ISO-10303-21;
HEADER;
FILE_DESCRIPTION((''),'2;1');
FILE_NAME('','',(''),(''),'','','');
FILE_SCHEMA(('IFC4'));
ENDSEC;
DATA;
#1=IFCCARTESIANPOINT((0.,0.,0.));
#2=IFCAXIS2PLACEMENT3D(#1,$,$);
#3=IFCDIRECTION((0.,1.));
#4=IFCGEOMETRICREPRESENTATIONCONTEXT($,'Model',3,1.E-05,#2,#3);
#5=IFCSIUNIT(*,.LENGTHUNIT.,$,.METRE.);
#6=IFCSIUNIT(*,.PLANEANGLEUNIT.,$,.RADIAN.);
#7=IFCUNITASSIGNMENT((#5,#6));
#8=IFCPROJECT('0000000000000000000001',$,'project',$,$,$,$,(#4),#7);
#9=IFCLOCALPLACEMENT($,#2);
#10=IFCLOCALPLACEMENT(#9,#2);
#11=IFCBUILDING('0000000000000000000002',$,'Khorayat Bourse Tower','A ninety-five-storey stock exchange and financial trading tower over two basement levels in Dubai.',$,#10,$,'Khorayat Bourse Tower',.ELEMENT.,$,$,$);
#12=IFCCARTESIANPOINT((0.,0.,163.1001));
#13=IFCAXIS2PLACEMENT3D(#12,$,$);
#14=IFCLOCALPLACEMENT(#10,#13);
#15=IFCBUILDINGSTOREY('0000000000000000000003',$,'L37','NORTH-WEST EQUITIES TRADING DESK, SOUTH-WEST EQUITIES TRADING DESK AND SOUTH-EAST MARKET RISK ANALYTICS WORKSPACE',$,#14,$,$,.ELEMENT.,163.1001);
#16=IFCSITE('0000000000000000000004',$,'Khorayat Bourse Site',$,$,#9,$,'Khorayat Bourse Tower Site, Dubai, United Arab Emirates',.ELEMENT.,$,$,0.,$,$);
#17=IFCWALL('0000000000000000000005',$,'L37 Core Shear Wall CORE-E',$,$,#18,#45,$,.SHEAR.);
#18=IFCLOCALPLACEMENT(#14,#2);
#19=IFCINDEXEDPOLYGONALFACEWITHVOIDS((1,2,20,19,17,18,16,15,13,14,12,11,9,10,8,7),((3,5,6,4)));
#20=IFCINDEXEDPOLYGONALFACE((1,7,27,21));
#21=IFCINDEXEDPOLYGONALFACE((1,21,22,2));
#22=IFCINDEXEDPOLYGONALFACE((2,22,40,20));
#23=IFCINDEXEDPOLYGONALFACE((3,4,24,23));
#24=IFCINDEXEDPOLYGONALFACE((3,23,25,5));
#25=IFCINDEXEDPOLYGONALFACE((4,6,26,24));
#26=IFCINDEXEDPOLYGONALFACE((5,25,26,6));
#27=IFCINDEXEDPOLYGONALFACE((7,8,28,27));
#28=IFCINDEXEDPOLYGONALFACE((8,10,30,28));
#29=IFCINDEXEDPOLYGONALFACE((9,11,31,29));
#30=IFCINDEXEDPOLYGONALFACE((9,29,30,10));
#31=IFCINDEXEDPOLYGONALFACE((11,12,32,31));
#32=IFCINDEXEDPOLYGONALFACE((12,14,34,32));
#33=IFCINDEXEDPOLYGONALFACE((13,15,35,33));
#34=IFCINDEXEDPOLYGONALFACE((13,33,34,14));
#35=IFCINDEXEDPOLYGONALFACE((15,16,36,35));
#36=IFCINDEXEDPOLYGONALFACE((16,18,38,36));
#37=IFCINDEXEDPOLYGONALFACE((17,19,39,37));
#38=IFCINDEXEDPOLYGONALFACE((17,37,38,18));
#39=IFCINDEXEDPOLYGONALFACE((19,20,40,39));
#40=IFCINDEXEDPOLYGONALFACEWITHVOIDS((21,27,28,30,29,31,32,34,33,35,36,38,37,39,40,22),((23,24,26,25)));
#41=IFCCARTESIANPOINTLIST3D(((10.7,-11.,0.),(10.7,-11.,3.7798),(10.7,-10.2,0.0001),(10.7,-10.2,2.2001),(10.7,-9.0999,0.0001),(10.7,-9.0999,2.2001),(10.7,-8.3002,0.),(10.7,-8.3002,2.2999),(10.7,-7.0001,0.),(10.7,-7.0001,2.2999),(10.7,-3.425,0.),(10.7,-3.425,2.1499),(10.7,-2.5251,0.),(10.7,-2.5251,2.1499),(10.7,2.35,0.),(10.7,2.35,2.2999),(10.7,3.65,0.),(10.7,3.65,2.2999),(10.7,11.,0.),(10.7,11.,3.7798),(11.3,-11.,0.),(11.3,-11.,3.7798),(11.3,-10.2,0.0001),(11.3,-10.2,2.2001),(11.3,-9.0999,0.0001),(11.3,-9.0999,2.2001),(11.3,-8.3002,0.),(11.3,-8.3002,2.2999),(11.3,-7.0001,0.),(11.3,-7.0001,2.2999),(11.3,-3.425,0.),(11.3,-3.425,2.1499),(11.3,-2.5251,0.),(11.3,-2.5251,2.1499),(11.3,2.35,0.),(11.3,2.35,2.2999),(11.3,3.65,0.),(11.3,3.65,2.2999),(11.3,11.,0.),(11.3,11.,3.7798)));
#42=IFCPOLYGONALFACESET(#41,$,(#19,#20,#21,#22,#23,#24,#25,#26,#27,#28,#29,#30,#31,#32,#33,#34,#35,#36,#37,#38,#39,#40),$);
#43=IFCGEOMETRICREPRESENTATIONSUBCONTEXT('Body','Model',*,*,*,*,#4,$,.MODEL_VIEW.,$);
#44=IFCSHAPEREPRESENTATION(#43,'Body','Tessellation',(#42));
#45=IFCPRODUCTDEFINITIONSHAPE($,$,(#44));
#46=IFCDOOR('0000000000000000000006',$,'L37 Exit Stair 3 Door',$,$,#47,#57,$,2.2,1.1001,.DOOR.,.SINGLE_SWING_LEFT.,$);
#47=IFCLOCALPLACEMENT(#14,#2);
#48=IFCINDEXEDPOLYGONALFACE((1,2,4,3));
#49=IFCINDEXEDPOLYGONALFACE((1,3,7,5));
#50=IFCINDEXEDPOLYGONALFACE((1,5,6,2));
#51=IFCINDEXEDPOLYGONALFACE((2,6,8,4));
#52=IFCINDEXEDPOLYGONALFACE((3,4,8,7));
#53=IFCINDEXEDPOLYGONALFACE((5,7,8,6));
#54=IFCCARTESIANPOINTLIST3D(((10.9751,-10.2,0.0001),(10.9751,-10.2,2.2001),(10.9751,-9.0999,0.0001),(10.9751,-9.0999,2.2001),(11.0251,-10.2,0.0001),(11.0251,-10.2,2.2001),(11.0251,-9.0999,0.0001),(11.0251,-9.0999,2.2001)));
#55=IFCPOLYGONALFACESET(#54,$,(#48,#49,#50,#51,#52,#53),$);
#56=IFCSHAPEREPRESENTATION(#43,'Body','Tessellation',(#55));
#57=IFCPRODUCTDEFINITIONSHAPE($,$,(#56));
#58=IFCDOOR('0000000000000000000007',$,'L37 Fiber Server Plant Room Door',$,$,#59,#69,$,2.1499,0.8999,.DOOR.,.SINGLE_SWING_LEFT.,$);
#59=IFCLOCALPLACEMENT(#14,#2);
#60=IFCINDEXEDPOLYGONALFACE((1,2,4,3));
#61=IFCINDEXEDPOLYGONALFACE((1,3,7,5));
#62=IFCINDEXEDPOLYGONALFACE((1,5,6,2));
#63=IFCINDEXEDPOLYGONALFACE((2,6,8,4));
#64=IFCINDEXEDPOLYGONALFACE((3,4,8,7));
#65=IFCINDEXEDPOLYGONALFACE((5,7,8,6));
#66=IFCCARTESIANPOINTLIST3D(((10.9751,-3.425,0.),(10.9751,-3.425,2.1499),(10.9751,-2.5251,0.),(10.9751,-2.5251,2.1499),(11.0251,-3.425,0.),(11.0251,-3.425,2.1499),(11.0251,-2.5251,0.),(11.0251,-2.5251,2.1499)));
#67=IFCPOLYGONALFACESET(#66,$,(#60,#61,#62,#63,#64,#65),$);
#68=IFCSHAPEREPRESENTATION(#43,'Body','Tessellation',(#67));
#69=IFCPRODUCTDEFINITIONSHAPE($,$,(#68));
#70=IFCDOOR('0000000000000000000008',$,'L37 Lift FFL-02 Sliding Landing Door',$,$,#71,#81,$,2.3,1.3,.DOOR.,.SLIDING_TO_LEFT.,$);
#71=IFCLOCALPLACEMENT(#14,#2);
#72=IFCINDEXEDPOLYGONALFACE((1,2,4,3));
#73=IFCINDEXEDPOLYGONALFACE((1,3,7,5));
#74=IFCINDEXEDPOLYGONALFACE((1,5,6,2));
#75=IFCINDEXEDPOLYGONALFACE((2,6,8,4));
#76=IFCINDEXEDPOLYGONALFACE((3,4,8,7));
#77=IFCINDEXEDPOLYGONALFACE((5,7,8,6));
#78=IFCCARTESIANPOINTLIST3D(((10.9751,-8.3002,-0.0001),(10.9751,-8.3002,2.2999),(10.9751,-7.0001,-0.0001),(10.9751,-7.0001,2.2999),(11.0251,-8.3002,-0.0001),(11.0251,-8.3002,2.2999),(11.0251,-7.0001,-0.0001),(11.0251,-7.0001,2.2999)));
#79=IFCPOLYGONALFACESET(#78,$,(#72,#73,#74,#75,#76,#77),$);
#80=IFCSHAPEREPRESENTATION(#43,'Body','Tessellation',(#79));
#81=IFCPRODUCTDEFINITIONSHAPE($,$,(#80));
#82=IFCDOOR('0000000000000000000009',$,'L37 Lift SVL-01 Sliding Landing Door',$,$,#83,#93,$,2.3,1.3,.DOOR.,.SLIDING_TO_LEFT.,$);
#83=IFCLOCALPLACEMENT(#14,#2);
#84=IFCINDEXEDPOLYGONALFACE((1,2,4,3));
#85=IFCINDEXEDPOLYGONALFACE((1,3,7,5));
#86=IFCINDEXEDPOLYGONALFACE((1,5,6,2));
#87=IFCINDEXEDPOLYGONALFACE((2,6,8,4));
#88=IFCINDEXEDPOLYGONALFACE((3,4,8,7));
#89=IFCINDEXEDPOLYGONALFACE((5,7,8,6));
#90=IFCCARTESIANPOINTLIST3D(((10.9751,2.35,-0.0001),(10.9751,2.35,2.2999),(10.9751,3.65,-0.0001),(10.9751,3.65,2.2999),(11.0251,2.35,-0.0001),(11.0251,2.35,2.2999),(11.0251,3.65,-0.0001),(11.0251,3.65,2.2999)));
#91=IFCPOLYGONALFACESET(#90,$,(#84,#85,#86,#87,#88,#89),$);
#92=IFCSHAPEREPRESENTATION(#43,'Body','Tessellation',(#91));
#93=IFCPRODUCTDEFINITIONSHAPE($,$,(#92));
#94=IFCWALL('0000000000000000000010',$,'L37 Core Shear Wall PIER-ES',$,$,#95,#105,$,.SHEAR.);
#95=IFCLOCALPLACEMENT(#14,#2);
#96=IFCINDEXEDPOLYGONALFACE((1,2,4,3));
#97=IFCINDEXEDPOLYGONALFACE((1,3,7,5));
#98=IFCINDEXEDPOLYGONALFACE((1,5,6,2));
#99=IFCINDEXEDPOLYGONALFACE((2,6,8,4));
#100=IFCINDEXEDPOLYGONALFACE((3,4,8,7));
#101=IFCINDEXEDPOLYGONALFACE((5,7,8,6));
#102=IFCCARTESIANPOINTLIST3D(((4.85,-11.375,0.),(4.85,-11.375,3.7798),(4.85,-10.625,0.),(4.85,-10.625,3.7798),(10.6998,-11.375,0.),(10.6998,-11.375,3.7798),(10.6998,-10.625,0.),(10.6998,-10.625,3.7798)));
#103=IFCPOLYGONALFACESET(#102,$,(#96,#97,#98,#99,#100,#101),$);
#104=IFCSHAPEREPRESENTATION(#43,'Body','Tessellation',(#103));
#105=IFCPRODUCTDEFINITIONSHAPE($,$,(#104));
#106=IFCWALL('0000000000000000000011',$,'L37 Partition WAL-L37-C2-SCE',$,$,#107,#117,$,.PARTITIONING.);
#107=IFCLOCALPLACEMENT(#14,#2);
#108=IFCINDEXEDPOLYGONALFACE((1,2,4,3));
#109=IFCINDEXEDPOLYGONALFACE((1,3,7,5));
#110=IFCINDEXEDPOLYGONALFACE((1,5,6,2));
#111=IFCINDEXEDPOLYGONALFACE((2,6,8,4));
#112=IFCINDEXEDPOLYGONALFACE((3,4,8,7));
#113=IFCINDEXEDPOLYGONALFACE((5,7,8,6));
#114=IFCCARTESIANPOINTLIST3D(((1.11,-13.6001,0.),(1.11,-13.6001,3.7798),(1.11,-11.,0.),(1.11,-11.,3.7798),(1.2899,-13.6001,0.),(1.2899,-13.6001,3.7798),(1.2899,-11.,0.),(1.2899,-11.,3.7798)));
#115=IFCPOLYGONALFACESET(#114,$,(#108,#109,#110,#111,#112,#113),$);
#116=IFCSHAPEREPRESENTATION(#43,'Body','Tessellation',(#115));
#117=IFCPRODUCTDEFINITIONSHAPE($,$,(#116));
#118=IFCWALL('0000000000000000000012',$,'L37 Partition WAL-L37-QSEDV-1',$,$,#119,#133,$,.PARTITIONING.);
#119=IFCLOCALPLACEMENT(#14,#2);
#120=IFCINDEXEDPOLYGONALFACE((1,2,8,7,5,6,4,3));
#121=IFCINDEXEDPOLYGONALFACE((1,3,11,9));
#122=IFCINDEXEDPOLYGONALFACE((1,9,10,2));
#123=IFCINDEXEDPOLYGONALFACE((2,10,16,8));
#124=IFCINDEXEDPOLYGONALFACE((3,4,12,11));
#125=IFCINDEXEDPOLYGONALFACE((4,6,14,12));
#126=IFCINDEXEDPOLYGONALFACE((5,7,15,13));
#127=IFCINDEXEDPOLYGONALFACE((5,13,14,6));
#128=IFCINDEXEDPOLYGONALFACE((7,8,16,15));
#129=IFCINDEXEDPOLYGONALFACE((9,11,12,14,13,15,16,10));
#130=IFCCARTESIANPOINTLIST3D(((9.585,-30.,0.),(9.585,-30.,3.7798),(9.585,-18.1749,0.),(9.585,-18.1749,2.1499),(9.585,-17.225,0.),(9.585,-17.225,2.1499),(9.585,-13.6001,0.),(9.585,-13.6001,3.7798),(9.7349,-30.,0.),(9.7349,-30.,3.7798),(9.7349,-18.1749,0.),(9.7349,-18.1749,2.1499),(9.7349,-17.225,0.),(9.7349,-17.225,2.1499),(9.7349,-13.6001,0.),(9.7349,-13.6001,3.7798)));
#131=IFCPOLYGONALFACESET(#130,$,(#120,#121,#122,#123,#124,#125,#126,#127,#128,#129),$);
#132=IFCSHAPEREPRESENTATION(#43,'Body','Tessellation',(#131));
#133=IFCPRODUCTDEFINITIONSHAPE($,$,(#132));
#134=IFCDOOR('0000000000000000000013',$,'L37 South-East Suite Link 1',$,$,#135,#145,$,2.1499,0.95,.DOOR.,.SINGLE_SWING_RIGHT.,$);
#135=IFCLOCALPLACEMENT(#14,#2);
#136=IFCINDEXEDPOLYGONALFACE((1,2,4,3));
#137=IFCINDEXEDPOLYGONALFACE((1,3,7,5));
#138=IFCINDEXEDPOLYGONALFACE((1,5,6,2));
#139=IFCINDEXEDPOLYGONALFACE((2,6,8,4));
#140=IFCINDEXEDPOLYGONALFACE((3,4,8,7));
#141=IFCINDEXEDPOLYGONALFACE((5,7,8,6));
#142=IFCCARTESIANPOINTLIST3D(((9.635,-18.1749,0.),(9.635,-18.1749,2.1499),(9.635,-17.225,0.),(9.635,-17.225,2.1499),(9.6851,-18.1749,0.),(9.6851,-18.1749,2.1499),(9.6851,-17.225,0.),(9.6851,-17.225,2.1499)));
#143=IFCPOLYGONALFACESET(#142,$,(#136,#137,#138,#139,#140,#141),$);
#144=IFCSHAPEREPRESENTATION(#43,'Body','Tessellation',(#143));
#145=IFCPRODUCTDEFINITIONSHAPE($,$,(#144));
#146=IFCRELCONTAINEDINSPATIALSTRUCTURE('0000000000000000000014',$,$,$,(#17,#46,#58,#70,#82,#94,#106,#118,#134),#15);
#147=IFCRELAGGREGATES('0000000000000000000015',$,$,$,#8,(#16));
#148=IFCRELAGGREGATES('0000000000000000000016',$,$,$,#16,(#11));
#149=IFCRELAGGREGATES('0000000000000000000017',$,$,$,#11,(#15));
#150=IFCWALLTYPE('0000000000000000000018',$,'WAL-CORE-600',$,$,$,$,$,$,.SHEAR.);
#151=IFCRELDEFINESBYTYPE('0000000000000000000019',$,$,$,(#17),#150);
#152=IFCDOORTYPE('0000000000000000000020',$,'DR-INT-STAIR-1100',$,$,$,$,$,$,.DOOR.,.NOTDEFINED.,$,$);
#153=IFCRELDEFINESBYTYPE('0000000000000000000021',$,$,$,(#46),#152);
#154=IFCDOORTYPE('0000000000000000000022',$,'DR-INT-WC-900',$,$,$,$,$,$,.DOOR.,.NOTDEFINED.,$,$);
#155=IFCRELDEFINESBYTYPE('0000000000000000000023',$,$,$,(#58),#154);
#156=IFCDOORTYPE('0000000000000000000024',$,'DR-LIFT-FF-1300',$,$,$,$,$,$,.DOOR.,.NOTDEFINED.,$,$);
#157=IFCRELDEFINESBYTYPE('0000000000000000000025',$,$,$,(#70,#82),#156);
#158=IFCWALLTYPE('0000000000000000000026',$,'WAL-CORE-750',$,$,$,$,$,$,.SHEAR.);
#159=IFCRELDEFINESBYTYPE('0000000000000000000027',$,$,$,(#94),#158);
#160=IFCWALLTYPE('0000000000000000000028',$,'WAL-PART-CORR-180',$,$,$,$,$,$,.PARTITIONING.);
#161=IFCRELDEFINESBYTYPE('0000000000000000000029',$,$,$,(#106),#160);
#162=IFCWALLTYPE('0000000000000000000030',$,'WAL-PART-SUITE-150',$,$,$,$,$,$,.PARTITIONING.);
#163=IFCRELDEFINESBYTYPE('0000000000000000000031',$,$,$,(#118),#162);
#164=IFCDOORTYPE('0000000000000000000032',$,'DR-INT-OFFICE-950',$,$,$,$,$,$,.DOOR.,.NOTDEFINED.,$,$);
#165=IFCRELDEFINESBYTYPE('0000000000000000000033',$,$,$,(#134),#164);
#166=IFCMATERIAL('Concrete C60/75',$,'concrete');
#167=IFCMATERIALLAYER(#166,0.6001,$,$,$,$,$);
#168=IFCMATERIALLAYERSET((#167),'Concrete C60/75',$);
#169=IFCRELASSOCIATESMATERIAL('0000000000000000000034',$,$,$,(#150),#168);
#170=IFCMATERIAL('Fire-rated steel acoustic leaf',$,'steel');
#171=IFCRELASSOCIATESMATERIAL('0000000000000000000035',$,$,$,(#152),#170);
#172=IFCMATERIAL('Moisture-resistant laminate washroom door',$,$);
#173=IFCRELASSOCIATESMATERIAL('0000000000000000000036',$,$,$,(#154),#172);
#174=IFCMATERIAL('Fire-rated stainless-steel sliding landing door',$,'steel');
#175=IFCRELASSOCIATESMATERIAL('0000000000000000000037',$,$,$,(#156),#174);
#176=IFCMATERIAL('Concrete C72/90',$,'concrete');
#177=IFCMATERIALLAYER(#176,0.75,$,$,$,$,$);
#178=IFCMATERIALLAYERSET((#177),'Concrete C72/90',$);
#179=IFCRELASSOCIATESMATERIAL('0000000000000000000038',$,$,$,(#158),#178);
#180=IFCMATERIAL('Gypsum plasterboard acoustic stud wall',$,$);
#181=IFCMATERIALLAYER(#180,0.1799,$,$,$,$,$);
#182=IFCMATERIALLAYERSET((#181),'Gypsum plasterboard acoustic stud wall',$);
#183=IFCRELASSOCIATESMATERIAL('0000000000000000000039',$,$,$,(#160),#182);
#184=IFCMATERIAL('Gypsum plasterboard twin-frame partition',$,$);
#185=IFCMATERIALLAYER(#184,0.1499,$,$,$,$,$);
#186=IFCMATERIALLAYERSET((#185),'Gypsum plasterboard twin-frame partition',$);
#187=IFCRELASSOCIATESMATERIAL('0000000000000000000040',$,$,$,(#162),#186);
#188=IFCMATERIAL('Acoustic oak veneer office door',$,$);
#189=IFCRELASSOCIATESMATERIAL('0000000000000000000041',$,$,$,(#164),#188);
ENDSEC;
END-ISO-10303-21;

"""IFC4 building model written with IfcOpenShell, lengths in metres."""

from ifc_helpers import new_model, si_unit, direction, frame, frame_2d, origin, place, context, subcontext, project, spatial, rectangle, extrude, source, transform, mapped, material, layer, layer_set, type_object, element, fill, save


model = new_model("IFC4")

# Units and contexts
model_context = context("Model", 3, precision=1e-05, world=origin(), true_north=direction((0.0, 1.0)))
body_context = subcontext(model_context, "Body", "Model", "MODEL_VIEW")
ifc_project = project(units=[si_unit("LENGTHUNIT", "METRE"), si_unit("PLANEANGLEUNIT", "RADIAN")], contexts=[model_context])

# Site, building, storey
site_placement = place(None, origin())
site = spatial("IfcSite", under=ifc_project, at=site_placement, Name="Khorayat Bourse Site", LongName="Khorayat Bourse Tower Site, Dubai, United Arab Emirates", CompositionType="ELEMENT", RefElevation=0.0)
building_placement = place(site_placement, origin())
building = spatial("IfcBuilding", under=site, at=building_placement, Name="Khorayat Bourse Tower", Description="A ninety-five-storey stock exchange and financial trading tower over two basement levels in Dubai.", LongName="Khorayat Bourse Tower", CompositionType="ELEMENT")
storey_placement = place(building_placement, frame((0.0, 0.0, 163.1001)))
storey = spatial("IfcBuildingStorey", under=building, at=storey_placement, Name="L37", Description="NORTH-WEST EQUITIES TRADING DESK, SOUTH-WEST EQUITIES TRADING DESK AND SOUTH-EAST MARKET RISK ANALYTICS WORKSPACE", CompositionType="ELEMENT", Elevation=163.1001)

# Shared definitions
ifc_material_1 = material(Name="Concrete C60/75", Category="concrete")

# Shared definitions
ifc_material_2 = material(Name="Concrete C72/90", Category="concrete")

# Wall, openings, doors
ifc_layer_1 = layer(ifc_material_1, 0.6001)
ifc_layer_set_1 = layer_set([ifc_layer_1], Name="Concrete C60/75")
wall_type_1 = type_object("IfcWallType", Name="WAL-CORE-600", PredefinedType="SHEAR", material=ifc_layer_set_1)
shared_shape_1 = source(origin(), body_context, "Body", "SweptSolid", [
    extrude(rectangle(XDim=22.0, YDim=0.6001, at=frame_2d((11.0, 0.0))), origin(), (0.0, 0.0, 1.0), 3.7798),
])
wall_1_placement = place(storey_placement, frame((11.0, -11.0, 0.0), z_axis=(0.0, 0.0, 1.0), x_axis=(0.0, 1.0, 0.0)))
wall_1 = element("IfcWall", 1, at=wall_1_placement, inside=storey, type_object=wall_type_1, Name="L37 Core Shear Wall CORE-E", PredefinedType="SHEAR", context=body_context, shape_type="MappedRepresentation", body=[
    mapped(shared_shape_1, transform((0.0, 0.0, 0.0), scale=1.0)),
])
shared_shape_2 = source(origin(), body_context, "Body", "SweptSolid", [
    extrude(rectangle(XDim=1.1001, YDim=2.2, at=frame_2d((0.55, 1.1001))), frame((0.0, 0.3101, 0.0), z_axis=(0.0, -1.0, 0.0), x_axis=(1.0, 0.0, 0.0)), (0.0, 0.0, 1.0), 0.6201),
])
opening_1_placement = place(wall_1_placement, frame((0.8, 0.0, 0.0)))
opening_1 = element("IfcOpeningElement", 2, at=opening_1_placement, cuts=wall_1, PredefinedType="OPENING", context=body_context, shape_type="MappedRepresentation", body=[
    mapped(shared_shape_2, transform((0.0, 0.0, 0.0), scale=1.0)),
])
shared_shape_3 = source(origin(), body_context, "Body", "SweptSolid", [
    extrude(rectangle(XDim=0.8999, YDim=2.1499, at=frame_2d((0.45, 1.075))), frame((0.0, 0.3101, 0.0), z_axis=(0.0, -1.0, 0.0), x_axis=(1.0, 0.0, 0.0)), (0.0, 0.0, 1.0), 0.6201),
])
opening_2_placement = place(wall_1_placement, frame((7.575, 0.0, 0.0)))
opening_2 = element("IfcOpeningElement", 3, at=opening_2_placement, cuts=wall_1, PredefinedType="OPENING", context=body_context, shape_type="MappedRepresentation", body=[
    mapped(shared_shape_3, transform((0.0, 0.0, 0.0), scale=1.0)),
])
shared_shape_4 = source(origin(), body_context, "Body", "SweptSolid", [
    extrude(rectangle(XDim=1.3, YDim=2.3, at=frame_2d((0.6499, 1.1499))), frame((0.0, 0.3101, 0.0), z_axis=(0.0, -1.0, 0.0), x_axis=(1.0, 0.0, 0.0)), (0.0, 0.0, 1.0), 0.6201),
])
opening_3_placement = place(wall_1_placement, frame((2.7, 0.0, 0.0)))
opening_3 = element("IfcOpeningElement", 4, at=opening_3_placement, cuts=wall_1, PredefinedType="OPENING", context=body_context, shape_type="MappedRepresentation", body=[
    mapped(shared_shape_4, transform((0.0, 0.0, 0.0), scale=1.0)),
])
opening_4_placement = place(wall_1_placement, frame((13.3501, 0.0, 0.0)))
opening_4 = element("IfcOpeningElement", 5, at=opening_4_placement, cuts=wall_1, PredefinedType="OPENING", context=body_context, shape_type="MappedRepresentation", body=[
    mapped(shared_shape_4, transform((0.0, 0.0, 0.0), scale=1.0)),
])
ifc_material_3 = material(Name="Fire-rated steel acoustic leaf", Category="steel")
door_type_1 = type_object("IfcDoorType", Name="DR-INT-STAIR-1100", OperationType="NOTDEFINED", PredefinedType="DOOR", material=ifc_material_3)
shared_shape_5 = source(origin(), body_context, "Body", "SweptSolid", [
    extrude(rectangle(XDim=1.1001, YDim=2.2, at=frame_2d((0.55, 1.1001))), frame((0.0, 0.0249, 0.0), z_axis=(0.0, -1.0, 0.0), x_axis=(1.0, 0.0, 0.0)), (0.0, 0.0, 1.0), 0.05),
])
door_1_placement = place(opening_1_placement, origin())
door_1 = element("IfcDoor", 6, at=door_1_placement, inside=storey, type_object=door_type_1, Name="L37 Exit Stair 3 Door", OperationType="SINGLE_SWING_LEFT", OverallHeight=2.2, OverallWidth=1.1001, PredefinedType="DOOR", context=body_context, shape_type="MappedRepresentation", body=[
    mapped(shared_shape_5, transform((0.0, 0.0, 0.0), scale=1.0)),
])
fill(opening_1, door_1)
ifc_material_4 = material(Name="Moisture-resistant laminate washroom door")
door_type_2 = type_object("IfcDoorType", Name="DR-INT-WC-900", OperationType="NOTDEFINED", PredefinedType="DOOR", material=ifc_material_4)
shared_shape_6 = source(origin(), body_context, "Body", "SweptSolid", [
    extrude(rectangle(XDim=0.8999, YDim=2.1499, at=frame_2d((0.45, 1.075))), frame((0.0, 0.0249, 0.0), z_axis=(0.0, -1.0, 0.0), x_axis=(1.0, 0.0, 0.0)), (0.0, 0.0, 1.0), 0.05),
])
door_2_placement = place(opening_2_placement, origin())
door_2 = element("IfcDoor", 7, at=door_2_placement, inside=storey, type_object=door_type_2, Name="L37 Fiber Server Plant Room Door", OperationType="SINGLE_SWING_LEFT", OverallHeight=2.1499, OverallWidth=0.8999, PredefinedType="DOOR", context=body_context, shape_type="MappedRepresentation", body=[
    mapped(shared_shape_6, transform((0.0, 0.0, 0.0), scale=1.0)),
])
fill(opening_2, door_2)
ifc_material_5 = material(Name="Fire-rated stainless-steel sliding landing door", Category="steel")
door_type_3 = type_object("IfcDoorType", Name="DR-LIFT-FF-1300", OperationType="NOTDEFINED", PredefinedType="DOOR", material=ifc_material_5)
shared_shape_7 = source(origin(), body_context, "Body", "SweptSolid", [
    extrude(rectangle(XDim=1.3, YDim=2.3, at=frame_2d((0.6499, 1.1499))), frame((0.0, 0.0249, 0.0), z_axis=(0.0, -1.0, 0.0), x_axis=(1.0, 0.0, 0.0)), (0.0, 0.0, 1.0), 0.05),
])
door_3_placement = place(opening_3_placement, origin())
door_3 = element("IfcDoor", 8, at=door_3_placement, inside=storey, type_object=door_type_3, Name="L37 Lift FFL-02 Sliding Landing Door", OperationType="SLIDING_TO_LEFT", OverallHeight=2.3, OverallWidth=1.3, PredefinedType="DOOR", context=body_context, shape_type="MappedRepresentation", body=[
    mapped(shared_shape_7, transform((0.0, 0.0, 0.0), scale=1.0)),
])
fill(opening_3, door_3)
door_4_placement = place(opening_4_placement, origin())
door_4 = element("IfcDoor", 9, at=door_4_placement, inside=storey, type_object=door_type_3, Name="L37 Lift SVL-01 Sliding Landing Door", OperationType="SLIDING_TO_LEFT", OverallHeight=2.3, OverallWidth=1.3, PredefinedType="DOOR", context=body_context, shape_type="MappedRepresentation", body=[
    mapped(shared_shape_7, transform((0.0, 0.0, 0.0), scale=1.0)),
])
fill(opening_4, door_4)

# Walls
ifc_layer_2 = layer(ifc_material_2, 0.75)
ifc_layer_set_2 = layer_set([ifc_layer_2], Name="Concrete C72/90")
wall_type_2 = type_object("IfcWallType", Name="WAL-CORE-750", PredefinedType="SHEAR", material=ifc_layer_set_2)
shared_shape_8 = source(origin(), body_context, "Body", "SweptSolid", [
    extrude(rectangle(XDim=5.8499, YDim=0.75, at=frame_2d((2.9248, 0.0))), origin(), (0.0, 0.0, 1.0), 3.7798),
])
wall_2_placement = place(storey_placement, frame((4.8501, -11.0, 0.0), z_axis=(0.0, 0.0, 1.0), x_axis=(1.0, 0.0, 0.0)))
element("IfcWall", 10, at=wall_2_placement, inside=storey, type_object=wall_type_2, Name="L37 Core Shear Wall PIER-ES", PredefinedType="SHEAR", context=body_context, shape_type="MappedRepresentation", body=[
    mapped(shared_shape_8, transform((0.0, 0.0, 0.0), scale=1.0)),
])
ifc_material_6 = material(Name="Gypsum plasterboard acoustic stud wall")
ifc_layer_3 = layer(ifc_material_6, 0.1799)
ifc_layer_set_3 = layer_set([ifc_layer_3], Name="Gypsum plasterboard acoustic stud wall")
wall_type_3 = type_object("IfcWallType", Name="WAL-PART-CORR-180", PredefinedType="PARTITIONING", material=ifc_layer_set_3)
shared_shape_9 = source(origin(), body_context, "Body", "SweptSolid", [
    extrude(rectangle(XDim=2.6001, YDim=0.1799, at=frame_2d((1.3, 0.0))), origin(), (0.0, 0.0, 1.0), 3.7798),
])
wall_3_placement = place(storey_placement, frame((1.2, -13.6001, 0.0), z_axis=(0.0, 0.0, 1.0), x_axis=(0.0, 1.0, 0.0)))
element("IfcWall", 11, at=wall_3_placement, inside=storey, type_object=wall_type_3, Name="L37 Partition WAL-L37-C2-SCE", PredefinedType="PARTITIONING", context=body_context, shape_type="MappedRepresentation", body=[
    mapped(shared_shape_9, transform((0.0, 0.0, 0.0), scale=1.0)),
])

# Wall, opening, door
ifc_material_7 = material(Name="Gypsum plasterboard twin-frame partition")
ifc_layer_4 = layer(ifc_material_7, 0.1499)
ifc_layer_set_4 = layer_set([ifc_layer_4], Name="Gypsum plasterboard twin-frame partition")
wall_type_4 = type_object("IfcWallType", Name="WAL-PART-SUITE-150", PredefinedType="PARTITIONING", material=ifc_layer_set_4)
shared_shape_10 = source(origin(), body_context, "Body", "SweptSolid", [
    extrude(rectangle(XDim=16.3999, YDim=0.1499, at=frame_2d((8.2, 0.0))), origin(), (0.0, 0.0, 1.0), 3.7798),
])
wall_4_placement = place(storey_placement, frame((9.6599, -30.0, 0.0), z_axis=(0.0, 0.0, 1.0), x_axis=(0.0, 1.0, 0.0)))
wall_4 = element("IfcWall", 12, at=wall_4_placement, inside=storey, type_object=wall_type_4, Name="L37 Partition WAL-L37-QSEDV-1", PredefinedType="PARTITIONING", context=body_context, shape_type="MappedRepresentation", body=[
    mapped(shared_shape_10, transform((0.0, 0.0, 0.0), scale=1.0)),
])
shared_shape_11 = source(origin(), body_context, "Body", "SweptSolid", [
    extrude(rectangle(XDim=0.95, YDim=2.1499, at=frame_2d((0.4751, 1.075))), frame((0.0, 0.085, 0.0), z_axis=(0.0, -1.0, 0.0), x_axis=(1.0, 0.0, 0.0)), (0.0, 0.0, 1.0), 0.1699),
])
opening_5_placement = place(wall_4_placement, frame((11.825, 0.0, 0.0)))
opening_5 = element("IfcOpeningElement", 13, at=opening_5_placement, cuts=wall_4, PredefinedType="OPENING", context=body_context, shape_type="MappedRepresentation", body=[
    mapped(shared_shape_11, transform((0.0, 0.0, 0.0), scale=1.0)),
])
ifc_material_8 = material(Name="Acoustic oak veneer office door")
door_type_4 = type_object("IfcDoorType", Name="DR-INT-OFFICE-950", OperationType="NOTDEFINED", PredefinedType="DOOR", material=ifc_material_8)
shared_shape_12 = source(origin(), body_context, "Body", "SweptSolid", [
    extrude(rectangle(XDim=0.95, YDim=2.1499, at=frame_2d((0.4751, 1.075))), frame((0.0, 0.0249, 0.0), z_axis=(0.0, -1.0, 0.0), x_axis=(1.0, 0.0, 0.0)), (0.0, 0.0, 1.0), 0.05),
])
door_5_placement = place(opening_5_placement, origin())
door_5 = element("IfcDoor", 14, at=door_5_placement, inside=storey, type_object=door_type_4, Name="L37 South-East Suite Link 1", OperationType="SINGLE_SWING_RIGHT", OverallHeight=2.1499, OverallWidth=0.95, PredefinedType="DOOR", context=body_context, shape_type="MappedRepresentation", body=[
    mapped(shared_shape_12, transform((0.0, 0.0, 0.0), scale=1.0)),
])
fill(opening_5, door_5)

save(model, "model.ifc")
